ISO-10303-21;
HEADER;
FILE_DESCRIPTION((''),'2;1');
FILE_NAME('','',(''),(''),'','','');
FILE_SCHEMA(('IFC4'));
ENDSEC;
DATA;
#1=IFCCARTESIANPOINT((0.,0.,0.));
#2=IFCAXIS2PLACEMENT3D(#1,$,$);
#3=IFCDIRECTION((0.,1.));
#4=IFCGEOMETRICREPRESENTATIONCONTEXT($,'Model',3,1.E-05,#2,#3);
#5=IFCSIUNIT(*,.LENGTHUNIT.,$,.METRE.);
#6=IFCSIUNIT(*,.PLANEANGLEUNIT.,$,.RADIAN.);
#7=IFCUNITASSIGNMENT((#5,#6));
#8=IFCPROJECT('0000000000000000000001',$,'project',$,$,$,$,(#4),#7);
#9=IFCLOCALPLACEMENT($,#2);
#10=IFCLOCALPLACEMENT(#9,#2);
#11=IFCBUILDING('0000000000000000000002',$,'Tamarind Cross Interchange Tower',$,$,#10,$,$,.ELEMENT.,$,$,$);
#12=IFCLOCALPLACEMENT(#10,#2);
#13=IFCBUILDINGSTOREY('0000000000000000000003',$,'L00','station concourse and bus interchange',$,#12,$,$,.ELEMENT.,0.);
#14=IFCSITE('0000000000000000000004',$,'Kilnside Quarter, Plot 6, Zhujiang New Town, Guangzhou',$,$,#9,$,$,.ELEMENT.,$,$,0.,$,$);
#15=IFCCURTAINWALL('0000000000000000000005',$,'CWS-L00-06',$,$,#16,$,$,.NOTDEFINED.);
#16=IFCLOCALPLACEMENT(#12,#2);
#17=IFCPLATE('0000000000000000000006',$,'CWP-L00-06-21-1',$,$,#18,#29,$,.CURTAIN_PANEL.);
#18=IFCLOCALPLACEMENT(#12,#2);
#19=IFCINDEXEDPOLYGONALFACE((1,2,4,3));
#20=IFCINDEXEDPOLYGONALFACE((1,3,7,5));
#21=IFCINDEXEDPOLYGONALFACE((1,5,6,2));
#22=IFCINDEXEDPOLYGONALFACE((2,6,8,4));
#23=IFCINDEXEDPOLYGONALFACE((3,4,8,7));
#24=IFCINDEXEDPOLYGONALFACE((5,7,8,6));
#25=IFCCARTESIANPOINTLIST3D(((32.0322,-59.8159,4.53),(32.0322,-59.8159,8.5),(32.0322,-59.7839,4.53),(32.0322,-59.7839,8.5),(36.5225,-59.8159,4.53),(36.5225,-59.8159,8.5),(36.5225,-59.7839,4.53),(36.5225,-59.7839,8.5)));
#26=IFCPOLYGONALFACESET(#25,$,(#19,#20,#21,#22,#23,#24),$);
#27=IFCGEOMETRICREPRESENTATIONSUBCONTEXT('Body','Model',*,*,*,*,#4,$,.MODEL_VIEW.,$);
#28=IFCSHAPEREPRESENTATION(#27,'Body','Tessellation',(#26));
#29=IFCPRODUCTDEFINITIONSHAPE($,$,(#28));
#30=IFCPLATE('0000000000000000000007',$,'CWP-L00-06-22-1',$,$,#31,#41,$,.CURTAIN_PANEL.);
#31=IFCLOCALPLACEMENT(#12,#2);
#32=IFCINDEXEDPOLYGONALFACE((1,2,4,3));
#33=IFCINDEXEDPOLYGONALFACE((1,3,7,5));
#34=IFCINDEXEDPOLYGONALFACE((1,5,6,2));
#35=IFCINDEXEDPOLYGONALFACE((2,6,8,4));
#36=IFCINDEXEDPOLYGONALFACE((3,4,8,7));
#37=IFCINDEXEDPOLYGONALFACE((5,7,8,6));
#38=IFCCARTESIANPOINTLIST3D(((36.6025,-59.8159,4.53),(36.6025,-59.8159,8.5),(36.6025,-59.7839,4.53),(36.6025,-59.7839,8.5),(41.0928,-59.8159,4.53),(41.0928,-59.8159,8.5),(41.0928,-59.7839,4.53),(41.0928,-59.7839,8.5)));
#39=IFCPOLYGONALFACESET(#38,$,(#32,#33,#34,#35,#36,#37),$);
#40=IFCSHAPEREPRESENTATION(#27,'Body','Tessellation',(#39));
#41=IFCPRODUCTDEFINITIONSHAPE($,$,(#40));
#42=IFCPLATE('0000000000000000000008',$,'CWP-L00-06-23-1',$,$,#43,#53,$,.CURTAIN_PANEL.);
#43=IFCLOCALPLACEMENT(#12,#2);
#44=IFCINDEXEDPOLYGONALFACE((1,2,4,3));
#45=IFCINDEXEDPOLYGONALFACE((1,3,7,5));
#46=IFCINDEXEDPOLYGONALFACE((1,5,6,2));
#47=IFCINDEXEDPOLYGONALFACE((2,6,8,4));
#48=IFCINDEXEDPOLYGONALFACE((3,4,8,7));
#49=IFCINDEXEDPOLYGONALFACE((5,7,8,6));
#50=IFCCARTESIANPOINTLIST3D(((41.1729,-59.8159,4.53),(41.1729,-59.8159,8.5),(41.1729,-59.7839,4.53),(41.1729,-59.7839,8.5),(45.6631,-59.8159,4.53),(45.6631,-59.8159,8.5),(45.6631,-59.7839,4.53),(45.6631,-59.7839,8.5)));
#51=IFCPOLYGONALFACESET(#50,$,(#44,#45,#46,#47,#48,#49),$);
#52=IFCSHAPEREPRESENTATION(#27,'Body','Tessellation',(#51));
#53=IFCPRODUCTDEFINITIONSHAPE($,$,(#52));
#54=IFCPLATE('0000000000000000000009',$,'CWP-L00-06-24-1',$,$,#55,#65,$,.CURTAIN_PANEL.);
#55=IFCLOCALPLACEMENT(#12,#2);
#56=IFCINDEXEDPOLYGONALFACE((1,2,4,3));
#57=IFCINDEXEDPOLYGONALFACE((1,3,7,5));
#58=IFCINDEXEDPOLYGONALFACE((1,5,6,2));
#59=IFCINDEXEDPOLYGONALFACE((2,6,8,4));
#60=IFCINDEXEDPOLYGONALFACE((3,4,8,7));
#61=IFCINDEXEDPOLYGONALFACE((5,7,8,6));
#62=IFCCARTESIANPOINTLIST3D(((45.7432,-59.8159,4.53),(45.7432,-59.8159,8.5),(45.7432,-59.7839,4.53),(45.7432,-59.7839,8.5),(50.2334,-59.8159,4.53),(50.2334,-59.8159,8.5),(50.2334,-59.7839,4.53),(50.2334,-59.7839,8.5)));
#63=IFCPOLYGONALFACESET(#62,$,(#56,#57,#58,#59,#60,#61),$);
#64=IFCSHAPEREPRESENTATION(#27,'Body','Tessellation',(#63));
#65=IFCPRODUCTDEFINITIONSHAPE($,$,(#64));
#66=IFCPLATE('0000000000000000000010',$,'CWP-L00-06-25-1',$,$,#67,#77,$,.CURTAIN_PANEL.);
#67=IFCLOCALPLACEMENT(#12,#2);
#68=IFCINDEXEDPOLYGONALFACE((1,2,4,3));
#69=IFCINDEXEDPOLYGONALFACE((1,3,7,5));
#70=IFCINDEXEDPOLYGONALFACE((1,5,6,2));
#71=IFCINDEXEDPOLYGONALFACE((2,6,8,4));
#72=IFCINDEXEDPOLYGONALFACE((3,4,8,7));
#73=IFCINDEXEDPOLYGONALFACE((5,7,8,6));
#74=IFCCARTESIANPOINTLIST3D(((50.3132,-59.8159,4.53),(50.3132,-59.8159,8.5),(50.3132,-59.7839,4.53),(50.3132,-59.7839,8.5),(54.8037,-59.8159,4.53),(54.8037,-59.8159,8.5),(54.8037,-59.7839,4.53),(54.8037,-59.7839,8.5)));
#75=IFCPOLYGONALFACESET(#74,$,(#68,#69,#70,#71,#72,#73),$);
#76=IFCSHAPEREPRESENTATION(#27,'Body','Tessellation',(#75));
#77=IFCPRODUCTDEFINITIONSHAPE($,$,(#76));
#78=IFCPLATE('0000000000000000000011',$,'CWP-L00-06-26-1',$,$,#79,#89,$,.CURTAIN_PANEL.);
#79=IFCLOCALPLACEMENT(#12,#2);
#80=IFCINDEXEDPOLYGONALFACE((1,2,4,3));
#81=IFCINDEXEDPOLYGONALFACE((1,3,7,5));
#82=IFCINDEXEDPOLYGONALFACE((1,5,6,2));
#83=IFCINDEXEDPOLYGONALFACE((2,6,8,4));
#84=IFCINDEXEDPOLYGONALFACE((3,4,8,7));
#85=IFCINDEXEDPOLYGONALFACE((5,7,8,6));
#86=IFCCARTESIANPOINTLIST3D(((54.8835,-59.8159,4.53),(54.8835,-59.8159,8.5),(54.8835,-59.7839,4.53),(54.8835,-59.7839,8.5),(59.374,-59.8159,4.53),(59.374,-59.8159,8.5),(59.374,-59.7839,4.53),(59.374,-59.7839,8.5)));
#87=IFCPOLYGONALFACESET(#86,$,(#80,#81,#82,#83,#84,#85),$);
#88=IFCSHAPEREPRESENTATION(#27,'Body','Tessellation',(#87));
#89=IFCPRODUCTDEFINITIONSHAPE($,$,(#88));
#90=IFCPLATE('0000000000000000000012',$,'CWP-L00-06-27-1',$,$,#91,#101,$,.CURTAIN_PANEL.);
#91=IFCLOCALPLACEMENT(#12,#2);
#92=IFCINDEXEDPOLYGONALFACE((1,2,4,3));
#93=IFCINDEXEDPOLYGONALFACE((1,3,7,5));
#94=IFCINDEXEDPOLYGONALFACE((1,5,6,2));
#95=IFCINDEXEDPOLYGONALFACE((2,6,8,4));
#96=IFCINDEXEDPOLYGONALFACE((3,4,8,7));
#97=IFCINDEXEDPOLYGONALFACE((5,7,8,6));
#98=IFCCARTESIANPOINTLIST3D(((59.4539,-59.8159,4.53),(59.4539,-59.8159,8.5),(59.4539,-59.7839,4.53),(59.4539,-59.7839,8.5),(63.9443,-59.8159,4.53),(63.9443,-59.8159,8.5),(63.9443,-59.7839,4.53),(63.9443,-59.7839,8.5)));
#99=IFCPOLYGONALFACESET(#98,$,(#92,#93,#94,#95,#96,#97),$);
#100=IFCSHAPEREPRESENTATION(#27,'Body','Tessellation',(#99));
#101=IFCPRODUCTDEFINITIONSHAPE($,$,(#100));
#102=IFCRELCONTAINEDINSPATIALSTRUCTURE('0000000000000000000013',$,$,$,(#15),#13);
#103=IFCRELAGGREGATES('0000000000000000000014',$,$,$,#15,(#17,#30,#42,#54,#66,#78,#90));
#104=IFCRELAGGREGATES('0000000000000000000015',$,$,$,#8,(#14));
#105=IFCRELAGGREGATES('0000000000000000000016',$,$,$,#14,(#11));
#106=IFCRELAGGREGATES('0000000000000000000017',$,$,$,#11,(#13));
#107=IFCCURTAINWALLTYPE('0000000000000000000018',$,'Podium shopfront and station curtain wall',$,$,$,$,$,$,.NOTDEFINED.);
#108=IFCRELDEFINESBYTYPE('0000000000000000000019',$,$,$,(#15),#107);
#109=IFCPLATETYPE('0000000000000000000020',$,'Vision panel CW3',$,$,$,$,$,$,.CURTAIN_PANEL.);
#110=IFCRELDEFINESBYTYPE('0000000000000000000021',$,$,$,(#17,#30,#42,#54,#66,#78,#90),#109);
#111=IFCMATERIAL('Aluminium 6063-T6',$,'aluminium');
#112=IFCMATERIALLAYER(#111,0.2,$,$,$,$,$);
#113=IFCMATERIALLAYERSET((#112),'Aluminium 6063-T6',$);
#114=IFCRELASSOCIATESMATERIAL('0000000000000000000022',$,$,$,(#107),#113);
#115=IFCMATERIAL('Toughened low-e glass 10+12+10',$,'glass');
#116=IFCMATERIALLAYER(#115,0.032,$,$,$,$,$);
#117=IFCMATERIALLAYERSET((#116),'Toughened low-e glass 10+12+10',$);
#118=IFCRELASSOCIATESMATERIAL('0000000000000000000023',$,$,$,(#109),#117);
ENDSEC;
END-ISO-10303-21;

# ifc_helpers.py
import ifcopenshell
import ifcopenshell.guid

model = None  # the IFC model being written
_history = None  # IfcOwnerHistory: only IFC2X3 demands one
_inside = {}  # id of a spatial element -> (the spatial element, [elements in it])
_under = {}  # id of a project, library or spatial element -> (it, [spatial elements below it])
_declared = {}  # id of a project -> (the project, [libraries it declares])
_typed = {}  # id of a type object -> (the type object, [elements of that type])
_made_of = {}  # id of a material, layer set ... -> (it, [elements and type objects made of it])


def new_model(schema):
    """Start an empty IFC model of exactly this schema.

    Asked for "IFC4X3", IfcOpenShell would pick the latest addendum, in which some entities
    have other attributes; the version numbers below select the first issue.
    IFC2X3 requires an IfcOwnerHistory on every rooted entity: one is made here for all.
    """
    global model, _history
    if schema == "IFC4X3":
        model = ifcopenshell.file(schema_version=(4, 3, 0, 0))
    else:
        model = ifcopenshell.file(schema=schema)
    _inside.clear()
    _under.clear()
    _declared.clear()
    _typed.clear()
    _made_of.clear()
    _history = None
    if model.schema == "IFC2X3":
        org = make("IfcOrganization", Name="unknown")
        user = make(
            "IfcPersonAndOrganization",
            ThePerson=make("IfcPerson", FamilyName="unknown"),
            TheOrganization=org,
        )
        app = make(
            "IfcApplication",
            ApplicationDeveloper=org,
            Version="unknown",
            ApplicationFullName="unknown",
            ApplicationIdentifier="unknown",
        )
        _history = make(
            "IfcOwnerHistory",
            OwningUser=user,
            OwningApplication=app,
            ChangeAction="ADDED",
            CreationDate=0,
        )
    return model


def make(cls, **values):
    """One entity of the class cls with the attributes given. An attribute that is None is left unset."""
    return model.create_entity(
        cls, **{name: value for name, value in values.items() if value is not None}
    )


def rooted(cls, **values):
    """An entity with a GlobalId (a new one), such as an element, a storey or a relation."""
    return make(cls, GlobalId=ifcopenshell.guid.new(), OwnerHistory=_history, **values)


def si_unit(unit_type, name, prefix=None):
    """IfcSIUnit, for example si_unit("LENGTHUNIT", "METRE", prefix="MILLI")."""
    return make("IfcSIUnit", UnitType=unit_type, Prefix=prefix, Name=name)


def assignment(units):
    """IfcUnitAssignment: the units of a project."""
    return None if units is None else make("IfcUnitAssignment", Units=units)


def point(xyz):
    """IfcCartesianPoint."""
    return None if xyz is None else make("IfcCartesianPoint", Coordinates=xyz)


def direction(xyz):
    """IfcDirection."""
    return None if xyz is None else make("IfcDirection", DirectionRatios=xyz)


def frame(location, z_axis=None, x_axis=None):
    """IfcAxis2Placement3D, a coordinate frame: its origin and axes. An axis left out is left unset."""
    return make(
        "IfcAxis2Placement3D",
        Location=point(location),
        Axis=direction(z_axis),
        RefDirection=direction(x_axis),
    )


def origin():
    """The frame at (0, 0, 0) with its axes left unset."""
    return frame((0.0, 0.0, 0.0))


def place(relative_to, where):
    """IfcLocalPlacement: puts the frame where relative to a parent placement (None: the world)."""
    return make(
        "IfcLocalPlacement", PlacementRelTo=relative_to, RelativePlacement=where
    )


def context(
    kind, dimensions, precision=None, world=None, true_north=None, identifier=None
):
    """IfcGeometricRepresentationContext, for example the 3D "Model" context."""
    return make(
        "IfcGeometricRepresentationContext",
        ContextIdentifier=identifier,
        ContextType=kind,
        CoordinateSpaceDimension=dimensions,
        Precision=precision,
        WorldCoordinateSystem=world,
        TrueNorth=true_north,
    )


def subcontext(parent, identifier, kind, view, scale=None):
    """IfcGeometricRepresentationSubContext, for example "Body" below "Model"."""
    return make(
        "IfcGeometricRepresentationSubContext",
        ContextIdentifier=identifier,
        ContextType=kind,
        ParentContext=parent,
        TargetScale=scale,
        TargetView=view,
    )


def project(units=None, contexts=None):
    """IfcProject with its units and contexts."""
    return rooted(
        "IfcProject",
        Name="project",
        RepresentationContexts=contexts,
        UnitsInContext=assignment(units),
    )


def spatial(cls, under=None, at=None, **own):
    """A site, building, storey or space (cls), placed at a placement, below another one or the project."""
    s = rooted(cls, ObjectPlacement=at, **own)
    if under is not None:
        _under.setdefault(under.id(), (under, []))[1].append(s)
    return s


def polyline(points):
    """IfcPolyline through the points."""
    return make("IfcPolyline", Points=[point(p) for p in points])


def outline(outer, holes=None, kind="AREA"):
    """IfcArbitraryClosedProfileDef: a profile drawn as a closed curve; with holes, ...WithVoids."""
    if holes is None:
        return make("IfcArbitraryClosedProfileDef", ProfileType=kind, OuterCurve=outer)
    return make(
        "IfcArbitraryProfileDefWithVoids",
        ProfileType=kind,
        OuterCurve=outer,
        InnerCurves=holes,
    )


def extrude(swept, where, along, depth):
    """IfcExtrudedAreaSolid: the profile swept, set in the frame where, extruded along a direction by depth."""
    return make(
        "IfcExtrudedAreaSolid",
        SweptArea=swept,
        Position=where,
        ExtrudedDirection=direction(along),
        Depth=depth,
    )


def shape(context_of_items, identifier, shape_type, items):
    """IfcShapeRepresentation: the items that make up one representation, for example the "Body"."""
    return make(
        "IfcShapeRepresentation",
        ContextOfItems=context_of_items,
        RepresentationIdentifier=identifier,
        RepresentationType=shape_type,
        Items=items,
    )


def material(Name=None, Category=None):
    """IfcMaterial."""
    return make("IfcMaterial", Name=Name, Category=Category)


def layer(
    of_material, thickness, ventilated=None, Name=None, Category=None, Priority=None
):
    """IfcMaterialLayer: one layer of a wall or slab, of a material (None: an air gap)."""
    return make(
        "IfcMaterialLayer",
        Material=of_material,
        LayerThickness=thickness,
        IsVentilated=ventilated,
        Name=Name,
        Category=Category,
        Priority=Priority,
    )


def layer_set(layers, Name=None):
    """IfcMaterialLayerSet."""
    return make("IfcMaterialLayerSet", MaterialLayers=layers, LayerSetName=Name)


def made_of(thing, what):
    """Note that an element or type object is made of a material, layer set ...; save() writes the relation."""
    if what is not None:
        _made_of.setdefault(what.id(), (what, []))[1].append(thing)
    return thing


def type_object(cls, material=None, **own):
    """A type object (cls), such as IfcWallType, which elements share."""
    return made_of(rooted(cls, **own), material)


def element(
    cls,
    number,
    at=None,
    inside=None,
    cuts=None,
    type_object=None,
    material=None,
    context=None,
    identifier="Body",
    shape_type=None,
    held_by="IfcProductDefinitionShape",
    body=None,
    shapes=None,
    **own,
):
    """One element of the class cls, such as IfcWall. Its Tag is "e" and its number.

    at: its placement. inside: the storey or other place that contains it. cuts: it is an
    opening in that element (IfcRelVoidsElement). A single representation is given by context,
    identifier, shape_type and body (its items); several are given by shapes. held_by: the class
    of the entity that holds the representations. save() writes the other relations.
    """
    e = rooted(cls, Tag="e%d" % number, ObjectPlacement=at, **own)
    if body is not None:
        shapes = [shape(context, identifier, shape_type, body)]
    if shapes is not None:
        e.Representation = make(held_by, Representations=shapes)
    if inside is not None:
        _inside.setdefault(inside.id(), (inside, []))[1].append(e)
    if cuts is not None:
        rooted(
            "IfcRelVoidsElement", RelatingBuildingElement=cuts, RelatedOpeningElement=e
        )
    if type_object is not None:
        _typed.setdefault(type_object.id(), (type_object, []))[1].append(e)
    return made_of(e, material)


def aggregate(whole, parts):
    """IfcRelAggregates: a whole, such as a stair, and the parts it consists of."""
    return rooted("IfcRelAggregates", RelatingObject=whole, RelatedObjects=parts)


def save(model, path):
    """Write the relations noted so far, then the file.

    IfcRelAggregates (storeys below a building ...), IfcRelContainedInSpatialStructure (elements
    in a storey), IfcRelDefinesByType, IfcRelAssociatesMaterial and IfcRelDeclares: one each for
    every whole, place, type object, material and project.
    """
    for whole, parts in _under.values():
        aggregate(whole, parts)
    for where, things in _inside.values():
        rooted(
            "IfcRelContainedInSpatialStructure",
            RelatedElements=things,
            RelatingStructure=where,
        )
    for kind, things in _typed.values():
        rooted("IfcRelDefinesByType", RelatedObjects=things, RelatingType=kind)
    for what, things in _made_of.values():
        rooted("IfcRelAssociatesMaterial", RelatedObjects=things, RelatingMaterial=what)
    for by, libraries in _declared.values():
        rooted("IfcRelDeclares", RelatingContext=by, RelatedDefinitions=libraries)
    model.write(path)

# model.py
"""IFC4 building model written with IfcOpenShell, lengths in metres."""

from ifc_helpers import new_model, si_unit, direction, frame, origin, place, context, subcontext, project, spatial, polyline, outline, extrude, material, layer, layer_set, type_object, element, aggregate, save


model = new_model("IFC4")

# Units and contexts
model_context = context("Model", 3, precision=1e-05, world=origin(), true_north=direction((0.0, 1.0)))
body_context = subcontext(model_context, "Body", "Model", "MODEL_VIEW")
ifc_project = project(units=[si_unit("LENGTHUNIT", "METRE"), si_unit("PLANEANGLEUNIT", "RADIAN")], contexts=[model_context])

# Site, building, storey
site_placement = place(None, origin())
site = spatial("IfcSite", under=ifc_project, at=site_placement, Name="Kilnside Quarter, Plot 6, Zhujiang New Town, Guangzhou", CompositionType="ELEMENT", RefElevation=0.0)
building_placement = place(site_placement, origin())
building = spatial("IfcBuilding", under=site, at=building_placement, Name="Tamarind Cross Interchange Tower", CompositionType="ELEMENT")
storey_placement = place(building_placement, origin())
storey = spatial("IfcBuildingStorey", under=building, at=storey_placement, Name="L00", Description="station concourse and bus interchange", CompositionType="ELEMENT", Elevation=0.0)

# Curtain wall, plates
ifc_material_1 = material(Name="Aluminium 6063-T6", Category="aluminium")
ifc_layer_1 = layer(ifc_material_1, 0.2)
ifc_layer_set_1 = layer_set([ifc_layer_1], Name="Aluminium 6063-T6")
curtain_wall_type = type_object("IfcCurtainWallType", Name="Podium shopfront and station curtain wall", PredefinedType="NOTDEFINED", material=ifc_layer_set_1)
curtain_wall_placement = place(storey_placement, origin())
curtain_wall = element("IfcCurtainWall", 1, at=curtain_wall_placement, inside=storey, type_object=curtain_wall_type, Name="CWS-L00-06", PredefinedType="NOTDEFINED")
ifc_material_2 = material(Name="Toughened low-e glass 10+12+10", Category="glass")
ifc_layer_2 = layer(ifc_material_2, 0.032)
ifc_layer_set_2 = layer_set([ifc_layer_2], Name="Toughened low-e glass 10+12+10")
plate_type = type_object("IfcPlateType", Name="Vision panel CW3", PredefinedType="CURTAIN_PANEL", material=ifc_layer_set_2)
plate_1_placement = place(storey_placement, frame((0.0, 0.0, 4.53)))
plate_1 = element("IfcPlate", 2, at=plate_1_placement, type_object=plate_type, Name="CWP-L00-06-21-1", PredefinedType="CURTAIN_PANEL", context=body_context, shape_type="SweptSolid", body=[
    extrude(outline(polyline([(32.0322, -59.7839), (36.5225, -59.7839), (36.5225, -59.8159), (32.0322, -59.8159), (32.0322, -59.7839)])), origin(), (0.0, 0.0, 1.0), 3.97),
])
plate_2_placement = place(storey_placement, frame((0.0, 0.0, 4.53)))
plate_2 = element("IfcPlate", 3, at=plate_2_placement, type_object=plate_type, Name="CWP-L00-06-22-1", PredefinedType="CURTAIN_PANEL", context=body_context, shape_type="SweptSolid", body=[
    extrude(outline(polyline([(36.6025, -59.7839), (41.0928, -59.7839), (41.0928, -59.8159), (36.6025, -59.8159), (36.6025, -59.7839)])), origin(), (0.0, 0.0, 1.0), 3.97),
])
plate_3_placement = place(storey_placement, frame((0.0, 0.0, 4.53)))
plate_3 = element("IfcPlate", 4, at=plate_3_placement, type_object=plate_type, Name="CWP-L00-06-23-1", PredefinedType="CURTAIN_PANEL", context=body_context, shape_type="SweptSolid", body=[
    extrude(outline(polyline([(41.1729, -59.7839), (45.6631, -59.7839), (45.6631, -59.8159), (41.1729, -59.8159), (41.1729, -59.7839)])), origin(), (0.0, 0.0, 1.0), 3.97),
])
plate_4_placement = place(storey_placement, frame((0.0, 0.0, 4.53)))
plate_4 = element("IfcPlate", 5, at=plate_4_placement, type_object=plate_type, Name="CWP-L00-06-24-1", PredefinedType="CURTAIN_PANEL", context=body_context, shape_type="SweptSolid", body=[
    extrude(outline(polyline([(45.7432, -59.7839), (50.2334, -59.7839), (50.2334, -59.8159), (45.7432, -59.8159), (45.7432, -59.7839)])), origin(), (0.0, 0.0, 1.0), 3.97),
])
plate_5_placement = place(storey_placement, frame((0.0, 0.0, 4.53)))
plate_5 = element("IfcPlate", 6, at=plate_5_placement, type_object=plate_type, Name="CWP-L00-06-25-1", PredefinedType="CURTAIN_PANEL", context=body_context, shape_type="SweptSolid", body=[
    extrude(outline(polyline([(50.3132, -59.7839), (54.8037, -59.7839), (54.8037, -59.8159), (50.3132, -59.8159), (50.3132, -59.7839)])), origin(), (0.0, 0.0, 1.0), 3.97),
])
plate_6_placement = place(storey_placement, frame((0.0, 0.0, 4.53)))
plate_6 = element("IfcPlate", 7, at=plate_6_placement, type_object=plate_type, Name="CWP-L00-06-26-1", PredefinedType="CURTAIN_PANEL", context=body_context, shape_type="SweptSolid", body=[
    extrude(outline(polyline([(54.8835, -59.7839), (59.374, -59.7839), (59.374, -59.8159), (54.8835, -59.8159), (54.8835, -59.7839)])), origin(), (0.0, 0.0, 1.0), 3.97),
])
plate_7_placement = place(storey_placement, frame((0.0, 0.0, 4.53)))
plate_7 = element("IfcPlate", 8, at=plate_7_placement, type_object=plate_type, Name="CWP-L00-06-27-1", PredefinedType="CURTAIN_PANEL", context=body_context, shape_type="SweptSolid", body=[
    extrude(outline(polyline([(59.4539, -59.7839), (63.9443, -59.7839), (63.9443, -59.8159), (59.4539, -59.8159), (59.4539, -59.7839)])), origin(), (0.0, 0.0, 1.0), 3.97),
])
aggregate(curtain_wall, [plate_1, plate_2, plate_3, plate_4, plate_5, plate_6, plate_7])

save(model, "model.ifc")
